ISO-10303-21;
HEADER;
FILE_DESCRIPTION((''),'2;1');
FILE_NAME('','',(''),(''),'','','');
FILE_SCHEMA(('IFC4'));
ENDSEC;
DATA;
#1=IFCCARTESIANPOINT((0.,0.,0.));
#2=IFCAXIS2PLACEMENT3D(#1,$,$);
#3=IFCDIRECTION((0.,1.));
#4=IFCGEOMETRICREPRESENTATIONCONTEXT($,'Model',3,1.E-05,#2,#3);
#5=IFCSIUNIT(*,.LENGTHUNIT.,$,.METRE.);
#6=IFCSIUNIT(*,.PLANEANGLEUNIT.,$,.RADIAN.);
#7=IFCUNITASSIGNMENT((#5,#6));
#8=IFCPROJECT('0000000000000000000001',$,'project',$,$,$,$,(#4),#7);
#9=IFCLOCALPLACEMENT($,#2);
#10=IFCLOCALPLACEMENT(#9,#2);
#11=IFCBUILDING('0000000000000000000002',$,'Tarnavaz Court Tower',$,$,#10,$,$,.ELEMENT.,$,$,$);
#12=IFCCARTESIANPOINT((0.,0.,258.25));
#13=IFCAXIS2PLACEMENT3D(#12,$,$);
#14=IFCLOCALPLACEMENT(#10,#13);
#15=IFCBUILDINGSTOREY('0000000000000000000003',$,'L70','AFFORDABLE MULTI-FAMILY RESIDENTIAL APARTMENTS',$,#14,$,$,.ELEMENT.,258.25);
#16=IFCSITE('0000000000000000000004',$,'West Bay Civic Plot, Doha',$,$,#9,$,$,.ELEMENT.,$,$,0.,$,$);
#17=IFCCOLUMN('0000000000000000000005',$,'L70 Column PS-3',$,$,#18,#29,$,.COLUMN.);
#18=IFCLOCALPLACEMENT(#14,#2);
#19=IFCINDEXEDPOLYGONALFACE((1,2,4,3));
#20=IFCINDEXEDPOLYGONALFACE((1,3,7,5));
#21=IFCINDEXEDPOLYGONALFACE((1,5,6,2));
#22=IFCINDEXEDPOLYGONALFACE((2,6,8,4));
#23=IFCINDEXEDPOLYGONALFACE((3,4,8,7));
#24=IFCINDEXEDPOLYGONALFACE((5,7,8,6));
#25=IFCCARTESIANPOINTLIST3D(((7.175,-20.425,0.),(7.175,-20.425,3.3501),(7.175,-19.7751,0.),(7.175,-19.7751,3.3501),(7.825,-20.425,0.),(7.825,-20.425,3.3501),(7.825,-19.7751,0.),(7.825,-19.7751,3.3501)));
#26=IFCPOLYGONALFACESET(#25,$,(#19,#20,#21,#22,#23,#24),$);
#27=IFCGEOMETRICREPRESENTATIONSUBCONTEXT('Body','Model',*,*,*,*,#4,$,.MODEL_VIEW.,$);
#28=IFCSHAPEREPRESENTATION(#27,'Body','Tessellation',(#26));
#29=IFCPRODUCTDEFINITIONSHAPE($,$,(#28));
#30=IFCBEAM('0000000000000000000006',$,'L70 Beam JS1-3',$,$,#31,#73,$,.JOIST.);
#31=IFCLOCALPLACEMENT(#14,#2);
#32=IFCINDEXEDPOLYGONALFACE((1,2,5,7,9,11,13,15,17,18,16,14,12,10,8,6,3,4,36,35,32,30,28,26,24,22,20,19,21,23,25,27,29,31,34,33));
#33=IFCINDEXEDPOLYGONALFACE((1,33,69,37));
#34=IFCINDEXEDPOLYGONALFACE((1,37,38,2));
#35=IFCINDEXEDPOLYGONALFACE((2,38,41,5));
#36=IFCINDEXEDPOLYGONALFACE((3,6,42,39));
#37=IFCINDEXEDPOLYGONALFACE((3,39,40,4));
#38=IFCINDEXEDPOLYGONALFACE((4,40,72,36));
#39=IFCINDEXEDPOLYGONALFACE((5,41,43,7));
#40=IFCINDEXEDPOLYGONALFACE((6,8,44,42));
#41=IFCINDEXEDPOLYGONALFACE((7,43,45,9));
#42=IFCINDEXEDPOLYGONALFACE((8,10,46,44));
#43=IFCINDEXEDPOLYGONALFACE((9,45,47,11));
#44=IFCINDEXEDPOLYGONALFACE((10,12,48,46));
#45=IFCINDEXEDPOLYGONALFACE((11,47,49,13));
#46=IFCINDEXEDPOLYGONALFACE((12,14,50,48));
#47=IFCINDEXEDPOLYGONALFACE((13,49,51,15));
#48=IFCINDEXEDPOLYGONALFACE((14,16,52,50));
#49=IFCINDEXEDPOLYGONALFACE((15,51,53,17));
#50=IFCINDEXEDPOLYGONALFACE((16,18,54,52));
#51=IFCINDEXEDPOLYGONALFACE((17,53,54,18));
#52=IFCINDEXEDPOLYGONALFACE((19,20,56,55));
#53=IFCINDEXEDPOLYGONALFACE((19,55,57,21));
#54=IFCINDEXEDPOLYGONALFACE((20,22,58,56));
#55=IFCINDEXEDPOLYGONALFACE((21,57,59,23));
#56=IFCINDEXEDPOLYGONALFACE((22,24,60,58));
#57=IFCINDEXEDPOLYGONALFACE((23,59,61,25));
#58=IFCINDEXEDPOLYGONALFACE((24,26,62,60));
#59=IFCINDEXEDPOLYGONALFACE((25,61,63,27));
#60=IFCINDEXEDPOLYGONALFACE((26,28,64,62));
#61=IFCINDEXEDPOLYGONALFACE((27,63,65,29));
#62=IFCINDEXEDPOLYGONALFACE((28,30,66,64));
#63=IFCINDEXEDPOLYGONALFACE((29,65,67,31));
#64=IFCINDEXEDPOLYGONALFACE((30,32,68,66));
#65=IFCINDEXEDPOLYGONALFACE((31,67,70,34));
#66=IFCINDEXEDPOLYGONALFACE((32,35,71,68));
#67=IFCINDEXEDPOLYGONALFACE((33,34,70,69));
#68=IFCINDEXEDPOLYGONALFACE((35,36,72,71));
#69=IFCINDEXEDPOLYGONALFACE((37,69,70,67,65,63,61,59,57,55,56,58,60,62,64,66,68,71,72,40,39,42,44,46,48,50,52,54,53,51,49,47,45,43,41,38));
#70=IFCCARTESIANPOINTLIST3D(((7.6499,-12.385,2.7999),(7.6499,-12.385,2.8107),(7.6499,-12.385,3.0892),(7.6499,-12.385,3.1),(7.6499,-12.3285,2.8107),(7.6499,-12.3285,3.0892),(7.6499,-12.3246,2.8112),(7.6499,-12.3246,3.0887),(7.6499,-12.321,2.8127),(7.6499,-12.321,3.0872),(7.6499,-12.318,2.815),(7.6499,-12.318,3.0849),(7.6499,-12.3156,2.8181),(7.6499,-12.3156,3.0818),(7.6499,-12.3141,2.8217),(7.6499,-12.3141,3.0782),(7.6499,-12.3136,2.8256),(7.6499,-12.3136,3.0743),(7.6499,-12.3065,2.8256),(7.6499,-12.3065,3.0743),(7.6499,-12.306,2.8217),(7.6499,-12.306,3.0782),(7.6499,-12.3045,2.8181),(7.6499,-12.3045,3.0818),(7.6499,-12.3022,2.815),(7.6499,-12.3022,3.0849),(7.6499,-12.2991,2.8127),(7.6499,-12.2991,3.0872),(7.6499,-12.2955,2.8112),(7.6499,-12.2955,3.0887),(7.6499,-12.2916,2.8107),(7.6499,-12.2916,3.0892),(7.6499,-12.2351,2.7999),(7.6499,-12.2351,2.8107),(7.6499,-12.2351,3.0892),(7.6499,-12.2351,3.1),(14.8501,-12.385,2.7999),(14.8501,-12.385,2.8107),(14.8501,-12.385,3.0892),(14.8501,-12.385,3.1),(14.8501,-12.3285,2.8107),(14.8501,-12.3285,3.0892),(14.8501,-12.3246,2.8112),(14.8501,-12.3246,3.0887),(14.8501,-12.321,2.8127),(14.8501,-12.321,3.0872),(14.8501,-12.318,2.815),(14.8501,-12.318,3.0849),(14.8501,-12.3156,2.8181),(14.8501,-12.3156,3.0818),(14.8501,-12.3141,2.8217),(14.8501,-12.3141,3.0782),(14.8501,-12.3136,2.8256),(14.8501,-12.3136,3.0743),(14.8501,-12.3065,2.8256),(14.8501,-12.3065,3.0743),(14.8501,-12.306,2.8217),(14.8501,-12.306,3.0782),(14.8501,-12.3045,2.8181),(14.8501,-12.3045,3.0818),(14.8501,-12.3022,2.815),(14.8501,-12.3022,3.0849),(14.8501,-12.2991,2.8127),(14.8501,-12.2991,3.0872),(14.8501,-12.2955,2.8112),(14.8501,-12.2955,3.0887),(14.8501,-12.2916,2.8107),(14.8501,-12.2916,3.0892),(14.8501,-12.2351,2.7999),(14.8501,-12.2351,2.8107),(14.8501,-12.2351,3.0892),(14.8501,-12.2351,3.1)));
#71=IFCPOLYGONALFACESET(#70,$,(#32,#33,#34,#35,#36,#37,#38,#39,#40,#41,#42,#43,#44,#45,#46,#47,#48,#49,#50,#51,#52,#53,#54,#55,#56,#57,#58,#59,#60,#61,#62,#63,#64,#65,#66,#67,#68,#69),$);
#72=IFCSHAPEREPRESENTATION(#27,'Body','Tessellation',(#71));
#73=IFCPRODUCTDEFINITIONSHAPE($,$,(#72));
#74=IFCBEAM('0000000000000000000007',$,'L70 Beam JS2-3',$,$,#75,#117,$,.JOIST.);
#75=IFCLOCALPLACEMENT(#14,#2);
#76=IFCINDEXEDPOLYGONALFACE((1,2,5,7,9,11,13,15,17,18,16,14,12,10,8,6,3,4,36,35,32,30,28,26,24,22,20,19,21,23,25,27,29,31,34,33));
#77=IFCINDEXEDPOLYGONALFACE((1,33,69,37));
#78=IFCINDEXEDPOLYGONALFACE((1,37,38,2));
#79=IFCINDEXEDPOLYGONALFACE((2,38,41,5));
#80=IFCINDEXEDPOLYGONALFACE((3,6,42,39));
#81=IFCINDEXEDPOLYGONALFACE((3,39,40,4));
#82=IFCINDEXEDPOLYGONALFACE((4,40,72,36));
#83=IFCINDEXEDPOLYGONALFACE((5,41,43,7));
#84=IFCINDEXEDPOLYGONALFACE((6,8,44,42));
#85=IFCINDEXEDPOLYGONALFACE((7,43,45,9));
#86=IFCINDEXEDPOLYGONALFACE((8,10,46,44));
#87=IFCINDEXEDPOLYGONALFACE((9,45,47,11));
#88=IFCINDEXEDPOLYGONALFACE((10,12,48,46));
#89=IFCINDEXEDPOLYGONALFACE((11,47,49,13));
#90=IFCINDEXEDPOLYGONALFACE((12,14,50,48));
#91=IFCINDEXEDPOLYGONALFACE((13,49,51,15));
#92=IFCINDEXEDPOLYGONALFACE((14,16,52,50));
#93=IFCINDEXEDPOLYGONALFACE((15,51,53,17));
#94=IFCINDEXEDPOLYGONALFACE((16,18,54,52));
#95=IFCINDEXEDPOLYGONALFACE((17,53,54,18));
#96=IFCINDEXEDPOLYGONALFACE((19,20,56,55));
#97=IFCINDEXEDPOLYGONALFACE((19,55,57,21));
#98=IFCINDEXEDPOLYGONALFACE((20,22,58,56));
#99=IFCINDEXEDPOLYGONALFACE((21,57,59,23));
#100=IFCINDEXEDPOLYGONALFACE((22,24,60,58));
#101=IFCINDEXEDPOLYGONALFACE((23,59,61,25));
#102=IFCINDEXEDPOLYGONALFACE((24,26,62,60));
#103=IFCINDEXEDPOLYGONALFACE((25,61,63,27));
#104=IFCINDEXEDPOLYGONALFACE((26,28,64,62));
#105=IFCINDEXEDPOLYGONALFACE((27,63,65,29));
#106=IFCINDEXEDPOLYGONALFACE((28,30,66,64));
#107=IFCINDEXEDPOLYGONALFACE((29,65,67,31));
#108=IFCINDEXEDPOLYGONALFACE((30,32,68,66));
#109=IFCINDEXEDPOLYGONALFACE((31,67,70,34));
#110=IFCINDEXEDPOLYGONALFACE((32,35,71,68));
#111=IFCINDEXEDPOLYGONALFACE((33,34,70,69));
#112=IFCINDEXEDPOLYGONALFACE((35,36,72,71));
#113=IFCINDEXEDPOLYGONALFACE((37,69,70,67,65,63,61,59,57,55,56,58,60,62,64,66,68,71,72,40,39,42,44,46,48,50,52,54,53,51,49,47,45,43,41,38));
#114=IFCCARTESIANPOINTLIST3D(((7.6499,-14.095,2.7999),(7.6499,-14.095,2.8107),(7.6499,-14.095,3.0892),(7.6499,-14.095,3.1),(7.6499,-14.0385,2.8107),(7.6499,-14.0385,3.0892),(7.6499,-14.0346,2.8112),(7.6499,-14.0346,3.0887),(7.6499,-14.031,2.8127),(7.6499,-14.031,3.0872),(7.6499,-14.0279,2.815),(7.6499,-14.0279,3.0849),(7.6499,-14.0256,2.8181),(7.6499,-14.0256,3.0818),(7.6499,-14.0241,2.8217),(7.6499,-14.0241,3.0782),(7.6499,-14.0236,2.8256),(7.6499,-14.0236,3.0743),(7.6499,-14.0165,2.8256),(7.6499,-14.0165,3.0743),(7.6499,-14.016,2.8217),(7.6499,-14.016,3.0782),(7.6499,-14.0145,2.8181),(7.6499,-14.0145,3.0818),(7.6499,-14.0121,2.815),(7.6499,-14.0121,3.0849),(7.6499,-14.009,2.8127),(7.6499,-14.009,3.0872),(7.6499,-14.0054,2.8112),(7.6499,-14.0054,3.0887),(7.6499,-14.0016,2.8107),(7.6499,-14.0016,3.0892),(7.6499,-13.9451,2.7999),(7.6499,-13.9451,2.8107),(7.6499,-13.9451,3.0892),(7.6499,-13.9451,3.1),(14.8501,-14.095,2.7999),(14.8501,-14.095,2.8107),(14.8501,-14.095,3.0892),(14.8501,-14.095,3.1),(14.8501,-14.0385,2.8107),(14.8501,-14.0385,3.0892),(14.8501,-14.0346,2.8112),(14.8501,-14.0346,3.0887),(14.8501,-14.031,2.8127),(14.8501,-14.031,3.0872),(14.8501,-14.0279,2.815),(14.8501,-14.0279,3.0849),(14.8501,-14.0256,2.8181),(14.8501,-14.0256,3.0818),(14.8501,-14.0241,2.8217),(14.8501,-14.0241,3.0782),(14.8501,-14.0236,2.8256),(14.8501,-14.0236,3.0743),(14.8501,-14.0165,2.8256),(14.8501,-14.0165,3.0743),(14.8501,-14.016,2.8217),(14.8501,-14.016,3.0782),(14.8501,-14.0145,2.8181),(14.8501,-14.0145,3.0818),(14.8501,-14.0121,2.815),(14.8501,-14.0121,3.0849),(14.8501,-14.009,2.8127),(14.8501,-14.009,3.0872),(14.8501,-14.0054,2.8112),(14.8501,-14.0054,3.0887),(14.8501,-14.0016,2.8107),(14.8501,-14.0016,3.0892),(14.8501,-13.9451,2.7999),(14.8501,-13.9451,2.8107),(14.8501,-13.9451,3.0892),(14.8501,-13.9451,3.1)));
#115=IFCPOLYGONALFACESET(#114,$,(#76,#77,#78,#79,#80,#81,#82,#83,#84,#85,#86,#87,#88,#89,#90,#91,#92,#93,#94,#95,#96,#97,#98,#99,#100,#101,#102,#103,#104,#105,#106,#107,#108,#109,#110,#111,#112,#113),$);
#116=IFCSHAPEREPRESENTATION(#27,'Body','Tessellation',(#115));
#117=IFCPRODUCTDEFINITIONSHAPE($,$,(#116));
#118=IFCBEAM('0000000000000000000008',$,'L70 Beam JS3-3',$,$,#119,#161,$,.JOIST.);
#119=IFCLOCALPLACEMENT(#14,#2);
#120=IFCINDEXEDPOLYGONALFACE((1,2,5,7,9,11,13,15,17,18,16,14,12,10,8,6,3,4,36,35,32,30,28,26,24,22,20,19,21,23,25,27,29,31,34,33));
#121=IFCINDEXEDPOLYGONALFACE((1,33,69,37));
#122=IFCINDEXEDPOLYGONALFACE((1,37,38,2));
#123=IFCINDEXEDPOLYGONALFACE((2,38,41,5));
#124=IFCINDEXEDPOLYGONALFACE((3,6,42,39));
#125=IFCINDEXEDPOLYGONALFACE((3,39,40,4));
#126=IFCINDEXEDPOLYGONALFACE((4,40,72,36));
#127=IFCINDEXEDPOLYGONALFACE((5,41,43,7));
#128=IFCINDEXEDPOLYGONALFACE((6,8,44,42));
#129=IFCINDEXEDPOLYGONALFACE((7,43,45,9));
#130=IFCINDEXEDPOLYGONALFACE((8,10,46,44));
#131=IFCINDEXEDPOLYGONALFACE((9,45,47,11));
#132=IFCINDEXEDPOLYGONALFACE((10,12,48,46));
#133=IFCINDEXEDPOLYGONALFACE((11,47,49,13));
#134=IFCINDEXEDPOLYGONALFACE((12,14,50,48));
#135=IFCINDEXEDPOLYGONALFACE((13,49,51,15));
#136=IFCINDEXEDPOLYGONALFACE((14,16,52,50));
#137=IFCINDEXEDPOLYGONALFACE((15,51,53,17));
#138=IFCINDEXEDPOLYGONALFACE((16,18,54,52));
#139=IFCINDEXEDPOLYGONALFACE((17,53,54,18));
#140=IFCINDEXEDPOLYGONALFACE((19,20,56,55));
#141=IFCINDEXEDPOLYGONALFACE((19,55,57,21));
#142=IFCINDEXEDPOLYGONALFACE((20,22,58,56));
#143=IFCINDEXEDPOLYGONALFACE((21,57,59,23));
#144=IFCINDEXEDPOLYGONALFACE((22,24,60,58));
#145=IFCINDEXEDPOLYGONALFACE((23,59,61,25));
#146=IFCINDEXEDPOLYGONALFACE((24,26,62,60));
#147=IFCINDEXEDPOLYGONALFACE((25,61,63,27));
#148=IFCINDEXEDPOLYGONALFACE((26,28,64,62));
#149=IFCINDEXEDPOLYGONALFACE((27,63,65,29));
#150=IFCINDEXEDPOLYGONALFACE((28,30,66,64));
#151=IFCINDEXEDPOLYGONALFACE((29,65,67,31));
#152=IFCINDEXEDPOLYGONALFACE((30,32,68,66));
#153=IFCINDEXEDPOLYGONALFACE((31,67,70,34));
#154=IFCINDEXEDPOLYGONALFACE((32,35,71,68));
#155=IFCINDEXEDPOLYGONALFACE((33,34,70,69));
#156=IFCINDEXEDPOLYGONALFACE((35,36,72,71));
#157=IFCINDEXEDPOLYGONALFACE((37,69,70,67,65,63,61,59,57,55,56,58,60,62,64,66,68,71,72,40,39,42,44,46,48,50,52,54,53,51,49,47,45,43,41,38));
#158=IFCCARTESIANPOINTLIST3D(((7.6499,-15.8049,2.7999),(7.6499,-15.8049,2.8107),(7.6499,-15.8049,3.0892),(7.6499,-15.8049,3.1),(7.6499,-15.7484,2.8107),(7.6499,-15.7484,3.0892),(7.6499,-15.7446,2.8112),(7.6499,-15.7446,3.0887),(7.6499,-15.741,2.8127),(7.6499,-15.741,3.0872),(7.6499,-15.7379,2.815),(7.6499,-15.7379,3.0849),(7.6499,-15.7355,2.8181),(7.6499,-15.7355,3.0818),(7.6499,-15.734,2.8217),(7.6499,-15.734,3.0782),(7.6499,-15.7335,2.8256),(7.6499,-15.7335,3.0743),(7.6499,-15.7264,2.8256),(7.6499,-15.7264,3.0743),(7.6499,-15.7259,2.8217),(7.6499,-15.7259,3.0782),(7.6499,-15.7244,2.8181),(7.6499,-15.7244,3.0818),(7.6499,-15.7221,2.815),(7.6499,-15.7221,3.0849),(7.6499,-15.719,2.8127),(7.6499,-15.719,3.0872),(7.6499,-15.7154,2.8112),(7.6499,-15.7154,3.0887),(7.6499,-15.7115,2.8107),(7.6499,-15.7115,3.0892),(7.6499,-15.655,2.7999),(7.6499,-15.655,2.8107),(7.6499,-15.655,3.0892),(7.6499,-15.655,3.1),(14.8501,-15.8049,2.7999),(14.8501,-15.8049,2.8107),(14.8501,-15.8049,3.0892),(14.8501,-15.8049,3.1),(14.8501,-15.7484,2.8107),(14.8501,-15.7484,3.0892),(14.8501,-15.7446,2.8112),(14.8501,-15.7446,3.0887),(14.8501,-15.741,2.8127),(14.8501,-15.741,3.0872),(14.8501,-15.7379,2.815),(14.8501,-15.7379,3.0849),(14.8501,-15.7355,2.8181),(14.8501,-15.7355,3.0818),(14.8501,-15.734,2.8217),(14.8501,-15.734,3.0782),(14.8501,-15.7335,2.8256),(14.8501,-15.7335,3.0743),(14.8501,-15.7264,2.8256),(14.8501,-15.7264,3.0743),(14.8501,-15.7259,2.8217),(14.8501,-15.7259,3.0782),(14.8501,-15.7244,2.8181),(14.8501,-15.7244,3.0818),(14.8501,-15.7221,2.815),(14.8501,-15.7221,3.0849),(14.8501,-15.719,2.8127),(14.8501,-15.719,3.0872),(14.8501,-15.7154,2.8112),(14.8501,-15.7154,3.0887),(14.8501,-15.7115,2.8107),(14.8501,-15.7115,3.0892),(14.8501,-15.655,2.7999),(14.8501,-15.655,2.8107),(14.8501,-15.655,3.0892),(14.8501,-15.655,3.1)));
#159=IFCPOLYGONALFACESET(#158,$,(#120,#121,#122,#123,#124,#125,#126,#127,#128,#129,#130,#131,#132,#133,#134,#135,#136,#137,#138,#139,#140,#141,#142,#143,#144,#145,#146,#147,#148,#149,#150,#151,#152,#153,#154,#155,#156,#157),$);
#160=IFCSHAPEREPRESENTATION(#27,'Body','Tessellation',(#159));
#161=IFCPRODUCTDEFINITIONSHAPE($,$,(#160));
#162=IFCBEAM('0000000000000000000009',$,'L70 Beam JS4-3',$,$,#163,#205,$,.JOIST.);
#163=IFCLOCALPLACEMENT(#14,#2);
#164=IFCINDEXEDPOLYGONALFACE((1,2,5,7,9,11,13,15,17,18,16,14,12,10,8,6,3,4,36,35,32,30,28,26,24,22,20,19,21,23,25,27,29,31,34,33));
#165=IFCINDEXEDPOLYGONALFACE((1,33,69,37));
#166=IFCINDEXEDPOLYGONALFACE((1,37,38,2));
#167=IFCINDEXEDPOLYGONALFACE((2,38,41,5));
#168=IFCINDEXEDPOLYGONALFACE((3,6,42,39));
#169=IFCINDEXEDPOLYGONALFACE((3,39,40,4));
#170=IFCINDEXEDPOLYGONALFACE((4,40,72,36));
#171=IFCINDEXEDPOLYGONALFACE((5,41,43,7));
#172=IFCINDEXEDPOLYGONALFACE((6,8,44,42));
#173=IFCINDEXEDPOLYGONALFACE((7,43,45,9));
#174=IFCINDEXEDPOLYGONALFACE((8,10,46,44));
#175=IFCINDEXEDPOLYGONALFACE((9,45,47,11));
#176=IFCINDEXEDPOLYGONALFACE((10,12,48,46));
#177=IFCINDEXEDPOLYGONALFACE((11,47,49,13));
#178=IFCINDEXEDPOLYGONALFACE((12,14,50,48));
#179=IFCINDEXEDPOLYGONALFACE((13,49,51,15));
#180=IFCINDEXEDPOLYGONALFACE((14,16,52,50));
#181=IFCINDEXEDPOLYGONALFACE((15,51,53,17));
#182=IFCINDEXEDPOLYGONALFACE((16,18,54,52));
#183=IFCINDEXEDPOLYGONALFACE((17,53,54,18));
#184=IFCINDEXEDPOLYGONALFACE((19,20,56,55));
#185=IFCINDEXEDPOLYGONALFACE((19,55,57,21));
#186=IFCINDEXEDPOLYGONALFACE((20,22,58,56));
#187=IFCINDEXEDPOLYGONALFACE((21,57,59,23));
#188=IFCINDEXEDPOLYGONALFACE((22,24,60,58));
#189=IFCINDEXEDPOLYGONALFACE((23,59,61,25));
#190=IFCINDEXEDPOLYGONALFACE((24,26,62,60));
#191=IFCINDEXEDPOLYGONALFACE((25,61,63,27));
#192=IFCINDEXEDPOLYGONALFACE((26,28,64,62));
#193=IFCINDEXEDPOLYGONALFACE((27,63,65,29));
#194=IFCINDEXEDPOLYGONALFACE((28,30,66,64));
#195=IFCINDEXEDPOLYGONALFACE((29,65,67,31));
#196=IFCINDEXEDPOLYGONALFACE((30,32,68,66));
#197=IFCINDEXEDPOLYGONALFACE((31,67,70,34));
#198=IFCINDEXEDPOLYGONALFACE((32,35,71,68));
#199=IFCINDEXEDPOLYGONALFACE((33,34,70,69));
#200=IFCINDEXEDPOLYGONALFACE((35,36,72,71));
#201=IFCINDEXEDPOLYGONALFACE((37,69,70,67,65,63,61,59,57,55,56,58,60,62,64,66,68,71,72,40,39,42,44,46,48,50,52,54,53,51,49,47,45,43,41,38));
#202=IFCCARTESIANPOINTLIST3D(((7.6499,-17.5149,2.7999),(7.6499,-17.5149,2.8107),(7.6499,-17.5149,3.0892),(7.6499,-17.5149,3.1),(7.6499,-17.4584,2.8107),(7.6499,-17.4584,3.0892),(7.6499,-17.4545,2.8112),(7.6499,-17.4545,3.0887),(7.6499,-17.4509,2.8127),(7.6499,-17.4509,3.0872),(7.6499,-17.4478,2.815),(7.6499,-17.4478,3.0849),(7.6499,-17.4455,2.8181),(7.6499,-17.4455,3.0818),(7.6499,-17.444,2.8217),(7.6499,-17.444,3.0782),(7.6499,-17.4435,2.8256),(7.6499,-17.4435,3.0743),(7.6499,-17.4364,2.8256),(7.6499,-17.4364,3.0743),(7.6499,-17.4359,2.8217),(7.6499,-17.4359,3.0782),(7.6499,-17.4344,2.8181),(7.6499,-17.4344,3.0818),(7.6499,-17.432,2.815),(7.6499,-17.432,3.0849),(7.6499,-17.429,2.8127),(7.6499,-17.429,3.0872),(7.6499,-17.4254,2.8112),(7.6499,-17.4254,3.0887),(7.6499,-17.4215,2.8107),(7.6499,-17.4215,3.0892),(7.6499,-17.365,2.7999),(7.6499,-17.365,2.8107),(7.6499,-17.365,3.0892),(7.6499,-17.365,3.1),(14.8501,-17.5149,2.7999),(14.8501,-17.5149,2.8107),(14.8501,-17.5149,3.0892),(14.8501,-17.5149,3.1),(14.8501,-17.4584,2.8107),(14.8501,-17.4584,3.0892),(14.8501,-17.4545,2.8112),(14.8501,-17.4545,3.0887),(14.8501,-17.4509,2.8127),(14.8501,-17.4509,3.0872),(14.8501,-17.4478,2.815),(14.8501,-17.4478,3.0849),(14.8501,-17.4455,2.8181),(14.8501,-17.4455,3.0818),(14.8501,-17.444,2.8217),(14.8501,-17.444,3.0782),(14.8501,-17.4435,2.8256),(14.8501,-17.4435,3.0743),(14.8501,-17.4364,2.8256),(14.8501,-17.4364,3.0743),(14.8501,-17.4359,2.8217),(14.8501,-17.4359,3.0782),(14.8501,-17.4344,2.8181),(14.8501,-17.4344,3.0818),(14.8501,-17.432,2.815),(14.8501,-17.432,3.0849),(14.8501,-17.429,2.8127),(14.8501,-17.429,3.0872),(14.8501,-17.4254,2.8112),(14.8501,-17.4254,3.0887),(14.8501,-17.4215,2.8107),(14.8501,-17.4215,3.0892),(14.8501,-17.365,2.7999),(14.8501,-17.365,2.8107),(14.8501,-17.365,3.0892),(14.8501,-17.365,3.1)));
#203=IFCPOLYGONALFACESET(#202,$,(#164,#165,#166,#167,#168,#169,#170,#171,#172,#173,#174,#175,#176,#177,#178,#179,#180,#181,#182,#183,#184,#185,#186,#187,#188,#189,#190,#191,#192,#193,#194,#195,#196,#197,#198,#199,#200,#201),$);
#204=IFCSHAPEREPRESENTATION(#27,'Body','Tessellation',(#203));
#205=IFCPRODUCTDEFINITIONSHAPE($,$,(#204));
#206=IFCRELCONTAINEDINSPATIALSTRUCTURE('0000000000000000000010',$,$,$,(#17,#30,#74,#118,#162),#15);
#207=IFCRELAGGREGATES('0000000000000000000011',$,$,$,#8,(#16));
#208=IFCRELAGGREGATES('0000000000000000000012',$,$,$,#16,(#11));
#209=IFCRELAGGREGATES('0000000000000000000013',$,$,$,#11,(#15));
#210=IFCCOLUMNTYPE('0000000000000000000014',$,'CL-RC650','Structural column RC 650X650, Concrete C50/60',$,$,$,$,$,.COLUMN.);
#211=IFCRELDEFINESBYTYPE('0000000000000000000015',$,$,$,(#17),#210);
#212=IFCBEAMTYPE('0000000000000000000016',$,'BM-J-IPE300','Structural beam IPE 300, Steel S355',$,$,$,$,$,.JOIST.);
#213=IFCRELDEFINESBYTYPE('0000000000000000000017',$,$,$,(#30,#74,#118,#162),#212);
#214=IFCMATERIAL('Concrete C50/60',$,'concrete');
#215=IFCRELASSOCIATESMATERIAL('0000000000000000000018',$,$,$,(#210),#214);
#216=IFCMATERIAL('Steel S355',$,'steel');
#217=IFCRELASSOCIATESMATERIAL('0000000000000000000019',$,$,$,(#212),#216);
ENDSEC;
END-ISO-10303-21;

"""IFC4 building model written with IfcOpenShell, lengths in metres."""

from ifc_helpers import new_model, si_unit, direction, frame, origin, origin_2d, place, context, subcontext, project, spatial, rectangle, i_section, extrude, material, material_profile, profile_set, type_object, element, save


model = new_model("IFC4")

# Units and contexts
model_context = context("Model", 3, precision=1e-05, world=origin(), true_north=direction((0.0, 1.0)))
body_context = subcontext(model_context, "Body", "Model", "MODEL_VIEW")
ifc_project = project(units=[si_unit("LENGTHUNIT", "METRE"), si_unit("PLANEANGLEUNIT", "RADIAN")], contexts=[model_context])

# Site, building, storey
site_placement = place(None, origin())
site = spatial("IfcSite", under=ifc_project, at=site_placement, Name="West Bay Civic Plot, Doha", CompositionType="ELEMENT", RefElevation=0.0)
building_placement = place(site_placement, origin())
building = spatial("IfcBuilding", under=site, at=building_placement, Name="Tarnavaz Court Tower", CompositionType="ELEMENT")
storey_placement = place(building_placement, frame((0.0, 0.0, 258.25)))
storey = spatial("IfcBuildingStorey", under=building, at=storey_placement, Name="L70", Description="AFFORDABLE MULTI-FAMILY RESIDENTIAL APARTMENTS", CompositionType="ELEMENT", Elevation=258.25)

# Column
ifc_material_1 = material(Name="Concrete C50/60", Category="concrete")
ifc_material_profile_1 = material_profile(ifc_material_1, rectangle(XDim=0.6499, YDim=0.6499, at=origin_2d()), Name="RC 650X650")
ifc_profile_set_1 = profile_set([ifc_material_profile_1], Name="Concrete C50/60")
column_type = type_object("IfcColumnType", Name="CL-RC650", Description="Structural column RC 650X650, Concrete C50/60", PredefinedType="COLUMN", material=ifc_profile_set_1)
column_placement = place(storey_placement, frame((7.5, -20.1001, 0.0), z_axis=(0.0, 0.0, 1.0), x_axis=(1.0, 0.0, 0.0)))
element("IfcColumn", 1, at=column_placement, inside=storey, type_object=column_type, Name="L70 Column PS-3", PredefinedType="COLUMN", context=body_context, shape_type="SweptSolid", body=[
    extrude(rectangle(XDim=0.6499, YDim=0.6499, at=origin_2d()), origin(), (0.0, 0.0, 1.0), 3.3501),
])

# Beams
ifc_material_2 = material(Name="Steel S355", Category="steel")
ifc_material_profile_2 = material_profile(ifc_material_2, i_section(OverallWidth=0.1499, OverallDepth=0.3, WebThickness=0.0071, FlangeThickness=0.0107, FilletRadius=0.0149, at=origin_2d()), Name="IPE 300")
ifc_profile_set_2 = profile_set([ifc_material_profile_2], Name="Steel S355")
beam_type = type_object("IfcBeamType", Name="BM-J-IPE300", Description="Structural beam IPE 300, Steel S355", PredefinedType="JOIST", material=ifc_profile_set_2)
for number, where, z_axis, x_axis, name in (
    (2, (7.6499, -12.3101, 2.95), (1.0, 0.0, 0.0), (0.0, 1.0, 0.0), "L70 Beam JS1-3"),
    (3, (7.6499, -14.02, 2.95), (1.0, 0.0, 0.0), (0.0, 1.0, 0.0), "L70 Beam JS2-3"),
    (4, (7.6499, -15.73, 2.95), (1.0, 0.0, 0.0), (0.0, 1.0, 0.0), "L70 Beam JS3-3"),
    (5, (7.6499, -17.4399, 2.95), (1.0, 0.0, 0.0), (0.0, 1.0, 0.0), "L70 Beam JS4-3"),
):
    element("IfcBeam", number, at=place(storey_placement, frame(where, z_axis=z_axis, x_axis=x_axis)), inside=storey, type_object=beam_type, Name=name, PredefinedType="JOIST", context=body_context, shape_type="SweptSolid", body=[
        extrude(i_section(OverallWidth=0.1499, OverallDepth=0.3, WebThickness=0.0071, FlangeThickness=0.0107, FilletRadius=0.0149, at=origin_2d()), origin(), (0.0, 0.0, 1.0), 7.2002),
    ])

save(model, "model.ifc")
